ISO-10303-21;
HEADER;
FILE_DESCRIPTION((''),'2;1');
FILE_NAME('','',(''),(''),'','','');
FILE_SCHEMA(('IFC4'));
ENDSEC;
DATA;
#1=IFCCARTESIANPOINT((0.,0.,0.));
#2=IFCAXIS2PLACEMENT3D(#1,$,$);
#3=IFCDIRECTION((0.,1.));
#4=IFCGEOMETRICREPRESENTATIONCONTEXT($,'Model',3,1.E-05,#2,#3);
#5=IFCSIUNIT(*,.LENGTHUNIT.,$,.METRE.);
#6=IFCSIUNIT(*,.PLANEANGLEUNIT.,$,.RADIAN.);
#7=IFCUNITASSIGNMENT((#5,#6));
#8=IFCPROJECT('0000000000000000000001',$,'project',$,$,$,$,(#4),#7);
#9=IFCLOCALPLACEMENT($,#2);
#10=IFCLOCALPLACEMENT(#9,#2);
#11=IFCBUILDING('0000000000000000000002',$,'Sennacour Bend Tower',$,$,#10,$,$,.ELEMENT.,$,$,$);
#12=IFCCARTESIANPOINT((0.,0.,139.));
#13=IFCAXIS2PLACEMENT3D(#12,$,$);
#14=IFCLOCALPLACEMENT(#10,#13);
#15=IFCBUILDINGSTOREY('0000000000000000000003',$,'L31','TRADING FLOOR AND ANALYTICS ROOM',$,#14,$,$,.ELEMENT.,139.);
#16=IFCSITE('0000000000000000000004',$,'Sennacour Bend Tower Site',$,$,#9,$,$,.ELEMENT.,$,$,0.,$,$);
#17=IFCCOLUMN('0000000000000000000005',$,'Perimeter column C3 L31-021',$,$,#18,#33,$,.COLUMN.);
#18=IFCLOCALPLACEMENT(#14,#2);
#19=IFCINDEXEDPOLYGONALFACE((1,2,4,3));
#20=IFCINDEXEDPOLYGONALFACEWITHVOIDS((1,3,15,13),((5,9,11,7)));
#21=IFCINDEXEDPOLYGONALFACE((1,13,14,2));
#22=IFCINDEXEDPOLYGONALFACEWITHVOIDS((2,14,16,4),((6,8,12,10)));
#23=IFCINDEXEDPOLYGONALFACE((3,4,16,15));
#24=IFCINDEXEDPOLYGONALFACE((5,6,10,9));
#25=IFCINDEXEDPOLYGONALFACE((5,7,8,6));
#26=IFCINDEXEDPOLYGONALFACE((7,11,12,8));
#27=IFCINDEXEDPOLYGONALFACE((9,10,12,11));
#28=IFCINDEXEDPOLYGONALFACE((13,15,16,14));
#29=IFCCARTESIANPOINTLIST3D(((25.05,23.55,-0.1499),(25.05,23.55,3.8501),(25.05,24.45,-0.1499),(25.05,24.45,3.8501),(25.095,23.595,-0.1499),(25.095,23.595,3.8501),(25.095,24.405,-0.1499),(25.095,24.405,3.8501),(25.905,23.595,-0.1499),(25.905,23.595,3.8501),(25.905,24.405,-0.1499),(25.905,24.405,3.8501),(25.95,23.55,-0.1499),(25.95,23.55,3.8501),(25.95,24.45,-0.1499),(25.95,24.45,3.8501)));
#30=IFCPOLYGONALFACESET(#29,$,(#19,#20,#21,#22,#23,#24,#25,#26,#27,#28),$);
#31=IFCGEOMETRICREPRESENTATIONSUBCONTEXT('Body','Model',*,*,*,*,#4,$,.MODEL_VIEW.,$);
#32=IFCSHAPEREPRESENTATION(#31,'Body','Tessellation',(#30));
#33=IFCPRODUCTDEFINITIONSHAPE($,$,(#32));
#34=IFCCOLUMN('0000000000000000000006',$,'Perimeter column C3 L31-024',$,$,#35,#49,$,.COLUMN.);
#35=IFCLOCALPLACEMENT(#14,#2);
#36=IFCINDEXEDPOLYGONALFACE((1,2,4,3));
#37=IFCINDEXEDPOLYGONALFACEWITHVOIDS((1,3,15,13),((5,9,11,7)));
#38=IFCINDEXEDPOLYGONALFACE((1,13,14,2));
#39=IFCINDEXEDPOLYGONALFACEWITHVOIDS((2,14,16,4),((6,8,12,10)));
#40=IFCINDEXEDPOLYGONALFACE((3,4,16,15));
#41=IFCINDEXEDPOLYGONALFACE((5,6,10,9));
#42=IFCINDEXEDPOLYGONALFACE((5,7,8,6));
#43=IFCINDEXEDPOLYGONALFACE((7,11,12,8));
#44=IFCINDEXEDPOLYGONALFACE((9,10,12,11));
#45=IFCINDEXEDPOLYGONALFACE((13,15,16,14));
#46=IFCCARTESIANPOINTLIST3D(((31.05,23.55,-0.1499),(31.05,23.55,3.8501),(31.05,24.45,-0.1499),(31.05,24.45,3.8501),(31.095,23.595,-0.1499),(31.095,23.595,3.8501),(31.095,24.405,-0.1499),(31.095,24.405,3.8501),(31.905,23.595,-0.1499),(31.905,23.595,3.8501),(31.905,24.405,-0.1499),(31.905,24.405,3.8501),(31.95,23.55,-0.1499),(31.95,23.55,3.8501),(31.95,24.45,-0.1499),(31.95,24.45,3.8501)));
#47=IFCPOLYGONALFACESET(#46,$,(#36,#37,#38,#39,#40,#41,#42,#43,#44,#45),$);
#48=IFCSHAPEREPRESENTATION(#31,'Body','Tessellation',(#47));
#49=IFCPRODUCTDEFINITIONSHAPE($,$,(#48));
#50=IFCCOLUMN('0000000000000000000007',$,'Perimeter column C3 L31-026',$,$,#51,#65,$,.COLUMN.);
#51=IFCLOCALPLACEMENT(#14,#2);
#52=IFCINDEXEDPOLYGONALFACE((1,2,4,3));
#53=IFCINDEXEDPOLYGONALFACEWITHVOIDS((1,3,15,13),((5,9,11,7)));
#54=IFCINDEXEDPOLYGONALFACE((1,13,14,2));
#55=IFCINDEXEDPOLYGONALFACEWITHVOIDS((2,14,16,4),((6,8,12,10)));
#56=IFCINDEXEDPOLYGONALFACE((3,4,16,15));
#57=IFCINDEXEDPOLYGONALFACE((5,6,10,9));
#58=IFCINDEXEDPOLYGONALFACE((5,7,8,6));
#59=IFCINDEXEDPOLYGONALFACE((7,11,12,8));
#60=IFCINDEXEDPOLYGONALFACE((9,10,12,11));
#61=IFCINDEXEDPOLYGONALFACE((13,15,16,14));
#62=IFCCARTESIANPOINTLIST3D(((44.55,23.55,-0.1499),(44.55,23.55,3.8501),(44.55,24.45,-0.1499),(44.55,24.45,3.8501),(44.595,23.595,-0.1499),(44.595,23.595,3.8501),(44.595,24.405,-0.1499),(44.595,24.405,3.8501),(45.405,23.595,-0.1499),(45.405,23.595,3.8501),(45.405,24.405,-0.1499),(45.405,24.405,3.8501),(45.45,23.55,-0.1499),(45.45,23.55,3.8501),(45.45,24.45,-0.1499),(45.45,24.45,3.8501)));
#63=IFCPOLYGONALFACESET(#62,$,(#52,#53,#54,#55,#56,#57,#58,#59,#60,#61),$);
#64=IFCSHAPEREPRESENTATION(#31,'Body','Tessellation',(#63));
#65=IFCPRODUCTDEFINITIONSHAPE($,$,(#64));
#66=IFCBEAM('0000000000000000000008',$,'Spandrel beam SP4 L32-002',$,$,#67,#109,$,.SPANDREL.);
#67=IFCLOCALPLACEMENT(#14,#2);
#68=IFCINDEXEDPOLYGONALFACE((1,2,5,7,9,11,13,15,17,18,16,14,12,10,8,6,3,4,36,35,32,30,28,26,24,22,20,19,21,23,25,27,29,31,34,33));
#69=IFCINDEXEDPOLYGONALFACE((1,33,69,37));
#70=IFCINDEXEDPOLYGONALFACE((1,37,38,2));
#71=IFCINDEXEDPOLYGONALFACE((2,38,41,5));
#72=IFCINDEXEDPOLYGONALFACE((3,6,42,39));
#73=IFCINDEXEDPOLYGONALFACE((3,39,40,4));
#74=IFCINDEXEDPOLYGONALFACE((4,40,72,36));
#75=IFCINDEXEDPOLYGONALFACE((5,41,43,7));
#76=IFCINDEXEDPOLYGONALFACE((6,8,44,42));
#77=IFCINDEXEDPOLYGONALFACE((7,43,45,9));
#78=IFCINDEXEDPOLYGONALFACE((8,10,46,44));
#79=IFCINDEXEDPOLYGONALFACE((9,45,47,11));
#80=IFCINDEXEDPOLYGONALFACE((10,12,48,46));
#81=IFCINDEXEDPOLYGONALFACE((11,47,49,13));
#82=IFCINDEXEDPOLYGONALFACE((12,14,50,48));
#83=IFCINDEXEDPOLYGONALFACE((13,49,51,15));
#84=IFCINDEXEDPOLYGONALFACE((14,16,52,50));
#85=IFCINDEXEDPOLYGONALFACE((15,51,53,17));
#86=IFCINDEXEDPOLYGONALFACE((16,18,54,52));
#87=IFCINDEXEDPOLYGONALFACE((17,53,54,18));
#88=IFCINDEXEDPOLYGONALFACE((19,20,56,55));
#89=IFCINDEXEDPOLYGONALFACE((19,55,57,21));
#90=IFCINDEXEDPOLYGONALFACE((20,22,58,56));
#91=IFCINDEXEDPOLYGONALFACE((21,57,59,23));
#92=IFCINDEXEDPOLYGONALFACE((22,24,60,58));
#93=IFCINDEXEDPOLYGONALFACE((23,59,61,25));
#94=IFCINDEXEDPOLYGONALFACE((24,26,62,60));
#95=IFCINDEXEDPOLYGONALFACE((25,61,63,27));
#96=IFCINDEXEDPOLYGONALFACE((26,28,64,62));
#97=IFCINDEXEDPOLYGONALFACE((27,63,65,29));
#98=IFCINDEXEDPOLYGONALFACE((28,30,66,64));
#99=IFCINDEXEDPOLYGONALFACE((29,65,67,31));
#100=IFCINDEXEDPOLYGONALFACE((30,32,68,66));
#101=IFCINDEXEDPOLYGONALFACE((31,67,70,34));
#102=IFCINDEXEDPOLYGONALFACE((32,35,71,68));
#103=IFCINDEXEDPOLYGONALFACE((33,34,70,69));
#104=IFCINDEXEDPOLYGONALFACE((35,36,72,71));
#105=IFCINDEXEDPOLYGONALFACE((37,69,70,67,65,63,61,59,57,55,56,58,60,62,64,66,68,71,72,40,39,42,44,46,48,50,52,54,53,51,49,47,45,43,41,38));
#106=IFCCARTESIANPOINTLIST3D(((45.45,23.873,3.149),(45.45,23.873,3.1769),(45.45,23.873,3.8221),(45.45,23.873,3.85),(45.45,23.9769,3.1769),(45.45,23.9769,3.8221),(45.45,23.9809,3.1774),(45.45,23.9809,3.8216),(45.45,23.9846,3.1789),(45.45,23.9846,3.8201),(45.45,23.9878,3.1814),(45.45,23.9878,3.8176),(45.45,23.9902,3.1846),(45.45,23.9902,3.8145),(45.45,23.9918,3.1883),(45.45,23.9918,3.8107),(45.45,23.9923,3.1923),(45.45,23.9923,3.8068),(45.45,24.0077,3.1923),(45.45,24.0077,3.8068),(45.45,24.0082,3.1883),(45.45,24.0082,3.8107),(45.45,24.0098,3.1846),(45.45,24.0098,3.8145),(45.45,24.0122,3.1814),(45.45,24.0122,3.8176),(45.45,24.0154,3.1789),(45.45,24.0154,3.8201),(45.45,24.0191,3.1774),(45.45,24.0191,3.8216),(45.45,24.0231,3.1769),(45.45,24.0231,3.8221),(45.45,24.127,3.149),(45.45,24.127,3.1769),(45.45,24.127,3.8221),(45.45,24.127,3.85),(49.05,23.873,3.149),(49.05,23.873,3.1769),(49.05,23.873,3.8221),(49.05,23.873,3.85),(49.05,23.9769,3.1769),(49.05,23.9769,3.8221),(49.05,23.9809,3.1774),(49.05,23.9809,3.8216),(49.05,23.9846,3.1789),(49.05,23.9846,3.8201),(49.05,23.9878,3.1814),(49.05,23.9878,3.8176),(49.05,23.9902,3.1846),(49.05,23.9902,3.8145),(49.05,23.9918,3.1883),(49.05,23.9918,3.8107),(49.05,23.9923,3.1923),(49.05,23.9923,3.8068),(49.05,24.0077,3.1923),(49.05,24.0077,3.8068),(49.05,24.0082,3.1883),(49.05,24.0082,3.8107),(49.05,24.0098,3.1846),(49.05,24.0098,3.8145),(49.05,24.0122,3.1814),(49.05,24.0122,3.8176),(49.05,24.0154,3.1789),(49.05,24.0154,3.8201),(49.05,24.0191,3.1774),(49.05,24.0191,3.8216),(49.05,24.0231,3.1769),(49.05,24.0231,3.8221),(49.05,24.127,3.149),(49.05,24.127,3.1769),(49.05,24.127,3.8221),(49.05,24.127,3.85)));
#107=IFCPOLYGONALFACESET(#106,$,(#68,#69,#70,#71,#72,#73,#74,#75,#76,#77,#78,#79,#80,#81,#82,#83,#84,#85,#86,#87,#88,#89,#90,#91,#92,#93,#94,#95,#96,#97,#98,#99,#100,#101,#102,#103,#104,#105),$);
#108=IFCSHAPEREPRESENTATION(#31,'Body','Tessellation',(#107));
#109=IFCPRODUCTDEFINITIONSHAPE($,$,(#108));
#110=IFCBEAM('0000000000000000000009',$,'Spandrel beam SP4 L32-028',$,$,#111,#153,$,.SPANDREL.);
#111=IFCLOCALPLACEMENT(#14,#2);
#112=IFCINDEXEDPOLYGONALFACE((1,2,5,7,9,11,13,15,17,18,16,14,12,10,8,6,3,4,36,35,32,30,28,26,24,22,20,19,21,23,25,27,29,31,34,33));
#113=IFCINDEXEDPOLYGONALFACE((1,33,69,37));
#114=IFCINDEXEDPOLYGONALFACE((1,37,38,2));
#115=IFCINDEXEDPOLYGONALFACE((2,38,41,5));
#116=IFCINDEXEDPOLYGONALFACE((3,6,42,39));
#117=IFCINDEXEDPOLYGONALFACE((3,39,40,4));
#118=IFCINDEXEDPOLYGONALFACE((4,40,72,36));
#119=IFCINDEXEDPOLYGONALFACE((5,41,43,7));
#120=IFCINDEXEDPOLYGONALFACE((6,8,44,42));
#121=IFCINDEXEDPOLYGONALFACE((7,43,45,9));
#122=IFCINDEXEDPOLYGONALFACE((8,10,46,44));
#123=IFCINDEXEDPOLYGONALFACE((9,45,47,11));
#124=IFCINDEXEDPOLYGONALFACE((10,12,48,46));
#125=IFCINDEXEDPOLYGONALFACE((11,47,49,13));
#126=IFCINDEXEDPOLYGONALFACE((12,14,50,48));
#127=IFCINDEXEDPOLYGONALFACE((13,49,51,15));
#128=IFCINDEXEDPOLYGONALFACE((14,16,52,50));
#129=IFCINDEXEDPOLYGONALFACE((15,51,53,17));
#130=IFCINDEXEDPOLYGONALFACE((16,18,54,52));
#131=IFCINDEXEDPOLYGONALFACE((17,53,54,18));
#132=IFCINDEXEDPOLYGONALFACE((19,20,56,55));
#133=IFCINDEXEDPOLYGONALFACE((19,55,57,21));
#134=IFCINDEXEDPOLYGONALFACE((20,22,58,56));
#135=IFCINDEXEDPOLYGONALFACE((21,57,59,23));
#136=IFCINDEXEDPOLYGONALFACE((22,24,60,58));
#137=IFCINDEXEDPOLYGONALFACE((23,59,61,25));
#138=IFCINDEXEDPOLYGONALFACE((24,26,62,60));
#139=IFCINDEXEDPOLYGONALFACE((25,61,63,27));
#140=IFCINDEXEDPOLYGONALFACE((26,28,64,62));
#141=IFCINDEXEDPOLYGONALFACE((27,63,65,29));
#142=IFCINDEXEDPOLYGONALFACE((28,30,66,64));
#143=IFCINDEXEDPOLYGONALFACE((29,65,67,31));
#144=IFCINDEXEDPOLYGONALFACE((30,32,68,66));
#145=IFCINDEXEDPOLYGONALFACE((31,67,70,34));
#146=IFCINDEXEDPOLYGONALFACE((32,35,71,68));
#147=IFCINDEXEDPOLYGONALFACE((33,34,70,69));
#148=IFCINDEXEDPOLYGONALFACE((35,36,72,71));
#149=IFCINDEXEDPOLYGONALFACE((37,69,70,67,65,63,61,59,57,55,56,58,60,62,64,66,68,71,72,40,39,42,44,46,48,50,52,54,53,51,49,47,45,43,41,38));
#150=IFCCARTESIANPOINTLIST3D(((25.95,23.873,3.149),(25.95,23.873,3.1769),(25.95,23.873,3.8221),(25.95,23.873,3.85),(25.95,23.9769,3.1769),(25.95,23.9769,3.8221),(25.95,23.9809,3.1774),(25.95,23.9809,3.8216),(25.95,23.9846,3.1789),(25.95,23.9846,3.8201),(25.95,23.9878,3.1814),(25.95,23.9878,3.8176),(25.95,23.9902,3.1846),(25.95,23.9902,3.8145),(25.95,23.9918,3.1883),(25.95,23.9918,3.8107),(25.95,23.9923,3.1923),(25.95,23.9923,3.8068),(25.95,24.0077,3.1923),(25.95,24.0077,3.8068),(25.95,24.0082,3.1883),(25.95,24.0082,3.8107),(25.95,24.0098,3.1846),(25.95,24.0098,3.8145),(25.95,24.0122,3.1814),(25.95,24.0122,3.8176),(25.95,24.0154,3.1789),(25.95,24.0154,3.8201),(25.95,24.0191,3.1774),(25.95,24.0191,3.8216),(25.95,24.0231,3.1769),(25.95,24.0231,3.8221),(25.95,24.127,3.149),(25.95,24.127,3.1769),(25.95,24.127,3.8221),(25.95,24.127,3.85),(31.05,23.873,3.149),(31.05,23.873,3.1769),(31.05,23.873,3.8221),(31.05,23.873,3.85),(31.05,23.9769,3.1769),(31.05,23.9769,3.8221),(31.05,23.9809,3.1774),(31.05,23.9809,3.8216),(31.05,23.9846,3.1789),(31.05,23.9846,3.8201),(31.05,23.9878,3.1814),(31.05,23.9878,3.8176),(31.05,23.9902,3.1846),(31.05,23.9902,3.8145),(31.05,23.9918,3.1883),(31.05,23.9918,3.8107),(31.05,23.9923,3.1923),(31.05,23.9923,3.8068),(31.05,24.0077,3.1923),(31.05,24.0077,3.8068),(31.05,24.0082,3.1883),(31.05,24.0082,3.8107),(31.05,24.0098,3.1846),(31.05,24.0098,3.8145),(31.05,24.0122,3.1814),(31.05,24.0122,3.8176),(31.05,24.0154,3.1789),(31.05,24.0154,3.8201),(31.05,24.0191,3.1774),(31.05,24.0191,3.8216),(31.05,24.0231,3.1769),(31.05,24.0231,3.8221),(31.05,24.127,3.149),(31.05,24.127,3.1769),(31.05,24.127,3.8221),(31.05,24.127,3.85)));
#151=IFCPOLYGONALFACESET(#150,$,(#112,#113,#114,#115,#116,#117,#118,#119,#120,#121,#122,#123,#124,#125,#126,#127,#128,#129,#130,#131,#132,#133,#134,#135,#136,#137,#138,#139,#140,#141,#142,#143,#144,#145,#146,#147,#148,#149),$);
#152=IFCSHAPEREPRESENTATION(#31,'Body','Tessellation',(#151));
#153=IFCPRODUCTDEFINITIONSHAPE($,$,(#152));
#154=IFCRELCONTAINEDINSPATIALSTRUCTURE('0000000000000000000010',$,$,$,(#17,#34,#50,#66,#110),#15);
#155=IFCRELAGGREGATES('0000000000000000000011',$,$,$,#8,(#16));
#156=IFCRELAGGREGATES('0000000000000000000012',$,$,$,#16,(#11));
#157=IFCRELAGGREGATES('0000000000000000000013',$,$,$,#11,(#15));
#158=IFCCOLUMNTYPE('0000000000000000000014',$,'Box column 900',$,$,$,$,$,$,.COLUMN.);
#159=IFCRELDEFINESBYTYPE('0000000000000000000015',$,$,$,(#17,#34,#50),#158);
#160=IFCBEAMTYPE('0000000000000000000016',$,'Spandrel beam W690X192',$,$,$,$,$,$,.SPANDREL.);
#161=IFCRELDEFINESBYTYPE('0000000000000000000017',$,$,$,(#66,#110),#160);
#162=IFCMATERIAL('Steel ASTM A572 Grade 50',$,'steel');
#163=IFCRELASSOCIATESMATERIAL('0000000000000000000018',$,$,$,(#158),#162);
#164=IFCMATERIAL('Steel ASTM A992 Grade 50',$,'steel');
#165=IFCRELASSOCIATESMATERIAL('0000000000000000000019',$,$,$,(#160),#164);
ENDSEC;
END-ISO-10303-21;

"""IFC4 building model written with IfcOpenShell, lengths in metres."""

from ifc_helpers import new_model, si_unit, direction, frame, origin, origin_2d, place, context, subcontext, project, spatial, hollow_rectangle, i_section, extrude, material, material_profile, profile_set, type_object, element, save


model = new_model("IFC4")

# Units and contexts
model_context = context("Model", 3, precision=1e-05, world=origin(), true_north=direction((0.0, 1.0)))
body_context = subcontext(model_context, "Body", "Model", "MODEL_VIEW")
ifc_project = project(units=[si_unit("LENGTHUNIT", "METRE"), si_unit("PLANEANGLEUNIT", "RADIAN")], contexts=[model_context])

# Site, building, storey
site_placement = place(None, origin())
site = spatial("IfcSite", under=ifc_project, at=site_placement, Name="Sennacour Bend Tower Site", CompositionType="ELEMENT", RefElevation=0.0)
building_placement = place(site_placement, origin())
building = spatial("IfcBuilding", under=site, at=building_placement, Name="Sennacour Bend Tower", CompositionType="ELEMENT")
storey_placement = place(building_placement, frame((0.0, 0.0, 139.0)))
storey = spatial("IfcBuildingStorey", under=building, at=storey_placement, Name="L31", Description="TRADING FLOOR AND ANALYTICS ROOM", CompositionType="ELEMENT", Elevation=139.0)

# Columns
ifc_material_1 = material(Name="Steel ASTM A572 Grade 50", Category="steel")
ifc_material_profile_1 = material_profile(ifc_material_1, hollow_rectangle(XDim=0.8999, YDim=0.8999, WallThickness=0.0449, at=origin_2d()), Name="Steel ASTM A572 Grade 50", Category="steel")
ifc_profile_set_1 = profile_set([ifc_material_profile_1], Name="Steel ASTM A572 Grade 50")
column_type = type_object("IfcColumnType", Name="Box column 900", PredefinedType="COLUMN", material=ifc_profile_set_1)
for number, where, z_axis, x_axis, name in (
    (1, (25.5, 24.0, -0.1499), (0.0, 0.0, 1.0), (1.0, 0.0, 0.0), "Perimeter column C3 L31-021"),
    (2, (31.5, 24.0, -0.1499), (0.0, 0.0, 1.0), (1.0, 0.0, 0.0), "Perimeter column C3 L31-024"),
    (3, (45.0, 24.0, -0.1499), (0.0, 0.0, 1.0), (1.0, 0.0, 0.0), "Perimeter column C3 L31-026"),
):
    element("IfcColumn", number, at=place(storey_placement, frame(where, z_axis=z_axis, x_axis=x_axis)), inside=storey, type_object=column_type, Name=name, PredefinedType="COLUMN", context=body_context, shape_type="SweptSolid", body=[
        extrude(hollow_rectangle(XDim=0.8999, YDim=0.8999, WallThickness=0.0449, at=origin_2d()), origin(), (0.0, 0.0, 1.0), 4.0),
    ])

# Beams
ifc_material_2 = material(Name="Steel ASTM A992 Grade 50", Category="steel")
ifc_material_profile_2 = material_profile(ifc_material_2, i_section(OverallWidth=0.2539, OverallDepth=0.7009, WebThickness=0.0154, FlangeThickness=0.0278, FilletRadius=0.0154, at=origin_2d()), Name="Steel ASTM A992 Grade 50", Category="steel")
ifc_profile_set_2 = profile_set([ifc_material_profile_2], Name="Steel ASTM A992 Grade 50")
beam_type = type_object("IfcBeamType", Name="Spandrel beam W690X192", PredefinedType="SPANDREL", material=ifc_profile_set_2)
beam_1_placement = place(storey_placement, frame((45.45, 24.0, 3.4995), z_axis=(1.0, 0.0, 0.0), x_axis=(0.0, 1.0, 0.0)))
element("IfcBeam", 4, at=beam_1_placement, inside=storey, type_object=beam_type, Name="Spandrel beam SP4 L32-002", PredefinedType="SPANDREL", context=body_context, shape_type="SweptSolid", body=[
    extrude(i_section(OverallWidth=0.2539, OverallDepth=0.7009, WebThickness=0.0154, FlangeThickness=0.0278, FilletRadius=0.0154, at=origin_2d()), origin(), (0.0, 0.0, 1.0), 3.6001),
])
beam_2_placement = place(storey_placement, frame((25.95, 24.0, 3.4995), z_axis=(1.0, 0.0, 0.0), x_axis=(0.0, 1.0, 0.0)))
element("IfcBeam", 5, at=beam_2_placement, inside=storey, type_object=beam_type, Name="Spandrel beam SP4 L32-028", PredefinedType="SPANDREL", context=body_context, shape_type="SweptSolid", body=[
    extrude(i_section(OverallWidth=0.2539, OverallDepth=0.7009, WebThickness=0.0154, FlangeThickness=0.0278, FilletRadius=0.0154, at=origin_2d()), origin(), (0.0, 0.0, 1.0), 5.1001),
])

save(model, "model.ifc")
